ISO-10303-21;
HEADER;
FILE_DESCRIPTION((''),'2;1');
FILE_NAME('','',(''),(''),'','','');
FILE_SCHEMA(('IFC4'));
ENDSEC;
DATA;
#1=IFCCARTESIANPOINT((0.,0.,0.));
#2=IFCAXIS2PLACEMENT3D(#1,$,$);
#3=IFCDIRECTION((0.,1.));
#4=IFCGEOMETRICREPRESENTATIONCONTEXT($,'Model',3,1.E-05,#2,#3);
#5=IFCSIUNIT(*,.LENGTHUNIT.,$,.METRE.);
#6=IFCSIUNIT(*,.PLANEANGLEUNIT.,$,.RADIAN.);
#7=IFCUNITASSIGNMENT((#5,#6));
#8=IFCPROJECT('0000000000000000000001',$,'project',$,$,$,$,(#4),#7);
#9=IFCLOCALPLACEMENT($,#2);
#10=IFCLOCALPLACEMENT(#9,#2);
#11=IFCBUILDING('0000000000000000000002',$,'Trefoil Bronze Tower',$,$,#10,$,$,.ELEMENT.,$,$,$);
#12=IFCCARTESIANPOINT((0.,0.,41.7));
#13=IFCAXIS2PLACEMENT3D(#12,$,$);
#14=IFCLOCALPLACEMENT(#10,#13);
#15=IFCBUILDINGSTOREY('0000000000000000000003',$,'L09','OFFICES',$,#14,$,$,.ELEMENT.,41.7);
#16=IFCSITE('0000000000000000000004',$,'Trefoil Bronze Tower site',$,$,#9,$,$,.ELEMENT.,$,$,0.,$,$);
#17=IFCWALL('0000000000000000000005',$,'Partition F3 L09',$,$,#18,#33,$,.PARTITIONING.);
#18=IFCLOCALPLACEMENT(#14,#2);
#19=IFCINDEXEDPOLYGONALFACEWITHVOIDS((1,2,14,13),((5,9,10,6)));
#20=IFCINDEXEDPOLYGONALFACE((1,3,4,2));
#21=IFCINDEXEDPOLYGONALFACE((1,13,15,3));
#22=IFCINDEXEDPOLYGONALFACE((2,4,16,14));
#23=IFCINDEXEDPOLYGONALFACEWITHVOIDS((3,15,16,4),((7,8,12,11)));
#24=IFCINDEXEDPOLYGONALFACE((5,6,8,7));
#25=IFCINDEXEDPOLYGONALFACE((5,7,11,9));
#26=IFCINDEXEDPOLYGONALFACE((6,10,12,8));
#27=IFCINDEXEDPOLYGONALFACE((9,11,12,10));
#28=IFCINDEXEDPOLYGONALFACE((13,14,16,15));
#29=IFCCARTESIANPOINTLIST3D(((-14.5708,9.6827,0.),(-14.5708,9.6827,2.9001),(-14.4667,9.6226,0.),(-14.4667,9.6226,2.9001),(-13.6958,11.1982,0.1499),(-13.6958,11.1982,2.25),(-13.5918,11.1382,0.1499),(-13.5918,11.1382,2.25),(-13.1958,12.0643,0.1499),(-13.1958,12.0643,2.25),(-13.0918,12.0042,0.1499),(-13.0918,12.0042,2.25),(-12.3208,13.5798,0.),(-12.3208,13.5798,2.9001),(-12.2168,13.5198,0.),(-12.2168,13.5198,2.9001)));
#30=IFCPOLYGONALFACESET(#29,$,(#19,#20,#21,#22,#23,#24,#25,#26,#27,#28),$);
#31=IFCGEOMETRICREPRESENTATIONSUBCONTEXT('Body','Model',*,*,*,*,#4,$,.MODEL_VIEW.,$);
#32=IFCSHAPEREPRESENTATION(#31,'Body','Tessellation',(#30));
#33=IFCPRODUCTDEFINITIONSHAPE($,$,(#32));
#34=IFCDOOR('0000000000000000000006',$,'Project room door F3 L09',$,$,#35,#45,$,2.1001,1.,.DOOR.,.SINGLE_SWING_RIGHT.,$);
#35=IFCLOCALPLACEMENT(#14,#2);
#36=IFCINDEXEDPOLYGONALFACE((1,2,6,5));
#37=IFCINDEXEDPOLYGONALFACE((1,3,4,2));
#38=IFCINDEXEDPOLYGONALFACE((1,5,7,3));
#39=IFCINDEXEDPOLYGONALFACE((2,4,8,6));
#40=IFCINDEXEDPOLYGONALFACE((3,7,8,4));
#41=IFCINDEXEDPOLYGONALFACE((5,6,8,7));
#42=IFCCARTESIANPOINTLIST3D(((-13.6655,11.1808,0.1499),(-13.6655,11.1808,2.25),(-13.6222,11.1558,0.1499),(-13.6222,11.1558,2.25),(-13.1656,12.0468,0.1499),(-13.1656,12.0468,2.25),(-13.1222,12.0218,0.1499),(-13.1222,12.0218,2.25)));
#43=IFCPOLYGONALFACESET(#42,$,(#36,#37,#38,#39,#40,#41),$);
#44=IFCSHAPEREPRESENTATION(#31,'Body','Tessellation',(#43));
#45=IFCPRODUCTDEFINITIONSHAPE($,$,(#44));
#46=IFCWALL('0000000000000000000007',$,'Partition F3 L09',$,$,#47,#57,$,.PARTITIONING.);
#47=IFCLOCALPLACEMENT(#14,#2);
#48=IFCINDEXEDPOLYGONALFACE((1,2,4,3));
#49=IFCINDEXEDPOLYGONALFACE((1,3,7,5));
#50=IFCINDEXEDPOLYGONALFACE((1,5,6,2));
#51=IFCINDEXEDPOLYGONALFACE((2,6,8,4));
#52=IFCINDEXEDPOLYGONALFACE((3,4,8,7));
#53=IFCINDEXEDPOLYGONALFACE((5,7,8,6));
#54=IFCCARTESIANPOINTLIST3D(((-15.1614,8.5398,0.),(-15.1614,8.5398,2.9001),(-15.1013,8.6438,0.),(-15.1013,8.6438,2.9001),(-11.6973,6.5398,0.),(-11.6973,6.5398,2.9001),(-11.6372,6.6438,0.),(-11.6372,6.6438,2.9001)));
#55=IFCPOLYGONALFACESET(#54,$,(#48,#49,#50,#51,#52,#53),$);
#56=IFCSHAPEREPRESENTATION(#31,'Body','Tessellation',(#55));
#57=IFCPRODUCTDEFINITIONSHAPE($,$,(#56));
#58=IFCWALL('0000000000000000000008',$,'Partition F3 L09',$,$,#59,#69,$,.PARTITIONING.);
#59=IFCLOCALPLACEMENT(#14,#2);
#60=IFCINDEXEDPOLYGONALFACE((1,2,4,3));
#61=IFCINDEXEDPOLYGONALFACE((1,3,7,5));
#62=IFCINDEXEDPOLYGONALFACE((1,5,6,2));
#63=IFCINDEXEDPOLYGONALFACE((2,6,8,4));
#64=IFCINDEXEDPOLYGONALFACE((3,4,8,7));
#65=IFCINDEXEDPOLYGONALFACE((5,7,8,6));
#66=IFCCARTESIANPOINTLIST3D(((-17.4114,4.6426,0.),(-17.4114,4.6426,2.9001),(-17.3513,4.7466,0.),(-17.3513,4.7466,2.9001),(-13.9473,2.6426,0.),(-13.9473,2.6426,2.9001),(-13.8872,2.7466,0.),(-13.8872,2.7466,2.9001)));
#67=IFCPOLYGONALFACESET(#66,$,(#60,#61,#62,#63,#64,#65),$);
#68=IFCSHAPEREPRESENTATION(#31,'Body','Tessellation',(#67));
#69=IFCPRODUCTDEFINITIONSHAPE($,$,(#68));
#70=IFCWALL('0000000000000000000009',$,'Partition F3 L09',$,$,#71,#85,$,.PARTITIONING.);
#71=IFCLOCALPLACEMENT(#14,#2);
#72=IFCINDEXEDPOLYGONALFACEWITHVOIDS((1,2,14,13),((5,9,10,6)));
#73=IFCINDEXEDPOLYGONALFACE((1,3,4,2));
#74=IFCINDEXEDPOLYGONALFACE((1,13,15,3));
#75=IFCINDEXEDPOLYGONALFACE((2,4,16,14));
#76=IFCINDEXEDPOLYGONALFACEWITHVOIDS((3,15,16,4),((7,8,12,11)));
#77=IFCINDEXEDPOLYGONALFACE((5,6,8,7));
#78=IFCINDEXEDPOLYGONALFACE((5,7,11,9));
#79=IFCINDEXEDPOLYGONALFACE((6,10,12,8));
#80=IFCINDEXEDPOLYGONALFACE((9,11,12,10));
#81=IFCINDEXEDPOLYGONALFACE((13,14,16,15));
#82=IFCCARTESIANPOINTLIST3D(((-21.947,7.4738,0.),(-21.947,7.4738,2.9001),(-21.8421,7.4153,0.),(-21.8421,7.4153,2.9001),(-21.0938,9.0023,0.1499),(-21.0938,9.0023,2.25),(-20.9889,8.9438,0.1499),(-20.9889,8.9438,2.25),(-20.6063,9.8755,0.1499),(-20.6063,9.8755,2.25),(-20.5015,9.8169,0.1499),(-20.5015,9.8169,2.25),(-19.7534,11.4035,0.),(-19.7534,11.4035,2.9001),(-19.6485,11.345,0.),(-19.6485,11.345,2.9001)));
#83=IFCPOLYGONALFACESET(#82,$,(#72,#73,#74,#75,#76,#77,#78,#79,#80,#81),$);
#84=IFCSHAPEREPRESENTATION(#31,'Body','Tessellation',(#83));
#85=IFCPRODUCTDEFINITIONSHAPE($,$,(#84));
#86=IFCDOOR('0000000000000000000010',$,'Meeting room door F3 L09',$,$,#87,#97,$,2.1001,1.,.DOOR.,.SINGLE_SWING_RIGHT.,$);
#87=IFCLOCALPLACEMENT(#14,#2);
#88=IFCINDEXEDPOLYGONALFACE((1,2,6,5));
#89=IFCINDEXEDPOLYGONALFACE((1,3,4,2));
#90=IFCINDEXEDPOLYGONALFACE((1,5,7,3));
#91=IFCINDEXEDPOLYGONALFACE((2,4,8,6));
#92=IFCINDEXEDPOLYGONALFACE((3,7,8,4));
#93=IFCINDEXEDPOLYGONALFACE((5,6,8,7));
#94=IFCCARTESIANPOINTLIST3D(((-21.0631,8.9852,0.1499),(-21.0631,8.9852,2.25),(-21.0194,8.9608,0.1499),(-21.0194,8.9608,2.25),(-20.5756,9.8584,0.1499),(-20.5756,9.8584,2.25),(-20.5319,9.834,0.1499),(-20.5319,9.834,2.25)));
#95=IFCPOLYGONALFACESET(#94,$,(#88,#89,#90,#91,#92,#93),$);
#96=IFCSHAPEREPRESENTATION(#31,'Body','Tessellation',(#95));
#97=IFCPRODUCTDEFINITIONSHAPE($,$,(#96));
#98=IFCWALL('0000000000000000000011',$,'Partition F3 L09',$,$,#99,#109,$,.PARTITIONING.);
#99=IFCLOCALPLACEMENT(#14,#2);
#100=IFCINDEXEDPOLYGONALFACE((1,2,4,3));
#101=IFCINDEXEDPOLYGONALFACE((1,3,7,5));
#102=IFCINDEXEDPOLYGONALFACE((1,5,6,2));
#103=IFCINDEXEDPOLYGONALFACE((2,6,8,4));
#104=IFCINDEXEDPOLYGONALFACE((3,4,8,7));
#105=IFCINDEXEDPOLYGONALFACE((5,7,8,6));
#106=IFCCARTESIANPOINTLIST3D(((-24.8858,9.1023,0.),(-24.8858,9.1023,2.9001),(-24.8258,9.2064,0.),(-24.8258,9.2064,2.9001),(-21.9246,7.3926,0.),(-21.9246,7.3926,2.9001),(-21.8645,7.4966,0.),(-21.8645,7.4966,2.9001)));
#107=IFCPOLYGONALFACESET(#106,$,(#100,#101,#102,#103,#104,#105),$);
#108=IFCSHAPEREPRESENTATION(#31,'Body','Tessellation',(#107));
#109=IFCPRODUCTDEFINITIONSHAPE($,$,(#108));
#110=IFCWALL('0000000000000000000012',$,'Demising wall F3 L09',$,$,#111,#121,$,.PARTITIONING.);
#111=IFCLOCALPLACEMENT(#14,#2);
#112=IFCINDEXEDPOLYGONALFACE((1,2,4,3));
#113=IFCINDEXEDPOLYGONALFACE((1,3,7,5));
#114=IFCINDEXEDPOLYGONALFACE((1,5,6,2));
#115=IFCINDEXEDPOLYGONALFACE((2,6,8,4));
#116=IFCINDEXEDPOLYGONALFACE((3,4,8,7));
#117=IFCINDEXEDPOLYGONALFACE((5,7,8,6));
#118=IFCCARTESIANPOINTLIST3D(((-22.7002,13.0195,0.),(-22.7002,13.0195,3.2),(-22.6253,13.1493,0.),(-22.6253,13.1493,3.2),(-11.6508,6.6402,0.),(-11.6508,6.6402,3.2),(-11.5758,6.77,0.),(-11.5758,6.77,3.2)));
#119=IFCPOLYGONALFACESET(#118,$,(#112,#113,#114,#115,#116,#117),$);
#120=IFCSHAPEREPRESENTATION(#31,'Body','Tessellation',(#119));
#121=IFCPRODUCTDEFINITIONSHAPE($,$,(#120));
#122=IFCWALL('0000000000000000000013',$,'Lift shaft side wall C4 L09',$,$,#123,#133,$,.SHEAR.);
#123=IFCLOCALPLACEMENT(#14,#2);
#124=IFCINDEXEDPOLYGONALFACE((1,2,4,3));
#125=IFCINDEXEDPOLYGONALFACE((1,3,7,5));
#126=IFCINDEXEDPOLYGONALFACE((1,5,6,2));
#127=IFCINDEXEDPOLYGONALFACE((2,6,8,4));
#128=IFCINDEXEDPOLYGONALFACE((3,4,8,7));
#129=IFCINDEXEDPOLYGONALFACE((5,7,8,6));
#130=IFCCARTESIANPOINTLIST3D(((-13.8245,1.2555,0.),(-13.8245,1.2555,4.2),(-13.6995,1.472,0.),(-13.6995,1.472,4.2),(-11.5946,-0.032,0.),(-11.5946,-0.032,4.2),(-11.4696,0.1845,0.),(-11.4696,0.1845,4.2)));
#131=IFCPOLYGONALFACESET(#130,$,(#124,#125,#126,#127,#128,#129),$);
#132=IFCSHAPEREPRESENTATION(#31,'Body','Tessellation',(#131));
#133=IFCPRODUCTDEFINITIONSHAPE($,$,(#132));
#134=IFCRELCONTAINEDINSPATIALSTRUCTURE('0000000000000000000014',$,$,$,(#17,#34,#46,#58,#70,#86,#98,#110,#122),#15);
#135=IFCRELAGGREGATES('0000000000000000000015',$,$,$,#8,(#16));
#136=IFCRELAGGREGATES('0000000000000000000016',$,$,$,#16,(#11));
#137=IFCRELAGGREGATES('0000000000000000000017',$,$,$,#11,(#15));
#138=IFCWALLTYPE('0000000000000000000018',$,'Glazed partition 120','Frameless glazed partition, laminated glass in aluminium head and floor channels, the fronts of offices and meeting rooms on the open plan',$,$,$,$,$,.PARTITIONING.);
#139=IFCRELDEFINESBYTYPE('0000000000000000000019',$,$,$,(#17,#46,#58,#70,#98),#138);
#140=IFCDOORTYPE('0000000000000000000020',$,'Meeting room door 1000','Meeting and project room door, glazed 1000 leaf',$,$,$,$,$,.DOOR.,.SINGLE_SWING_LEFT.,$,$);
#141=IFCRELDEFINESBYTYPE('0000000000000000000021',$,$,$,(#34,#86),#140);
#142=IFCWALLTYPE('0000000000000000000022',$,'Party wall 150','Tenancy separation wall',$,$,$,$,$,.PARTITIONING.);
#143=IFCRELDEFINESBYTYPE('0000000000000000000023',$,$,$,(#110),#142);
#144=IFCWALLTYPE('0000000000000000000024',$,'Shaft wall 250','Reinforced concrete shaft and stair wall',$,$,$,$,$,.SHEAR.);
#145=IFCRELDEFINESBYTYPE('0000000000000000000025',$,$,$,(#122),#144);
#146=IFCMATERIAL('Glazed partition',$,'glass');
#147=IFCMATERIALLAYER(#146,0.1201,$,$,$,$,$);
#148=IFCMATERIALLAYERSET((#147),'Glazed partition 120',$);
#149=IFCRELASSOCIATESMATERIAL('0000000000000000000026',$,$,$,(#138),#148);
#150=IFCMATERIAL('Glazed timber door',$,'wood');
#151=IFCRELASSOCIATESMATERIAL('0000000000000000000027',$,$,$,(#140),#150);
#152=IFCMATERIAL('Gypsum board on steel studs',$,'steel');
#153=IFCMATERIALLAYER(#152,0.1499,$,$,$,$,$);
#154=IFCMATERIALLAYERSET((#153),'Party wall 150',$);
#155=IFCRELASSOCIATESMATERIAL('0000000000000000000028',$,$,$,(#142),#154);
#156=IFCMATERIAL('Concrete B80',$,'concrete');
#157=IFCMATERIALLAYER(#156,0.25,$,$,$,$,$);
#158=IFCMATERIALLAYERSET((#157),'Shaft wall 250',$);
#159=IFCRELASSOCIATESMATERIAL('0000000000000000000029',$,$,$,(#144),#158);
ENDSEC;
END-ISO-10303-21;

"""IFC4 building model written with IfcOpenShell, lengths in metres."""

from ifc_helpers import new_model, si_unit, direction, frame, frame_2d, origin, place, context, subcontext, project, spatial, rectangle, extrude, material, layer, layer_set, type_object, element, fill, save


model = new_model("IFC4")

# Units and contexts
model_context = context("Model", 3, precision=1e-05, world=origin(), true_north=direction((0.0, 1.0)))
body_context = subcontext(model_context, "Body", "Model", "MODEL_VIEW")
ifc_project = project(units=[si_unit("LENGTHUNIT", "METRE"), si_unit("PLANEANGLEUNIT", "RADIAN")], contexts=[model_context])

# Site, building, storey
site_placement = place(None, origin())
site = spatial("IfcSite", under=ifc_project, at=site_placement, Name="Trefoil Bronze Tower site", CompositionType="ELEMENT", RefElevation=0.0)
building_placement = place(site_placement, origin())
building = spatial("IfcBuilding", under=site, at=building_placement, Name="Trefoil Bronze Tower", CompositionType="ELEMENT")
storey_placement = place(building_placement, frame((0.0, 0.0, 41.7)))
storey = spatial("IfcBuildingStorey", under=building, at=storey_placement, Name="L09", Description="OFFICES", CompositionType="ELEMENT", Elevation=41.7)

# Wall, opening, door
ifc_material_1 = material(Name="Glazed partition", Category="glass")
ifc_layer_1 = layer(ifc_material_1, 0.1201)
ifc_layer_set_1 = layer_set([ifc_layer_1], Name="Glazed partition 120")
wall_type_1 = type_object("IfcWallType", Name="Glazed partition 120", Description="Frameless glazed partition, laminated glass in aluminium head and floor channels, the fronts of offices and meeting rooms on the open plan", PredefinedType="PARTITIONING", material=ifc_layer_set_1)
ifc_material_2 = material(Name="Glazed timber door", Category="wood")
door_type_1 = type_object("IfcDoorType", Name="Meeting room door 1000", Description="Meeting and project room door, glazed 1000 leaf", OperationType="SINGLE_SWING_LEFT", PredefinedType="DOOR", material=ifc_material_2)
wall_1_placement = place(storey_placement, frame((-12.2688, 13.5498, 0.0), z_axis=(0.0, 0.0, 1.0), x_axis=(-0.49999, -0.866031, 0.0)))
wall_1 = element("IfcWall", 1, at=wall_1_placement, inside=storey, type_object=wall_type_1, Name="Partition F3 L09", PredefinedType="PARTITIONING", context=body_context, shape_type="SweptSolid", body=[
    extrude(rectangle(XDim=4.5, YDim=0.1201, at=frame_2d((2.25, 0.0))), origin(), (0.0, 0.0, 1.0), 2.9001),
])
opening_1_placement = place(wall_1_placement, frame((1.75, 0.0, 0.1499)))
opening_1 = element("IfcOpeningElement", 2, at=opening_1_placement, cuts=wall_1, PredefinedType="OPENING", context=body_context, shape_type="SweptSolid", body=[
    extrude(rectangle(XDim=1.0, YDim=2.1001, at=frame_2d((0.5, 1.05))), frame((0.0, 0.0701, 0.0), z_axis=(0.0, -1.0, 0.0), x_axis=(1.0, 0.0, 0.0)), (0.0, 0.0, 1.0), 0.1401),
])
door_1_placement = place(opening_1_placement, origin())
door_1 = element("IfcDoor", 3, at=door_1_placement, inside=storey, type_object=door_type_1, Name="Project room door F3 L09", OperationType="SINGLE_SWING_RIGHT", OverallHeight=2.1001, OverallWidth=1.0, PredefinedType="DOOR", context=body_context, shape_type="SweptSolid", body=[
    extrude(rectangle(XDim=1.0, YDim=2.1001, at=frame_2d((0.5, 1.05))), frame((0.0, 0.0249, 0.0), z_axis=(0.0, -1.0, 0.0), x_axis=(1.0, 0.0, 0.0)), (0.0, 0.0, 1.0), 0.05),
])
fill(opening_1, door_1)

# Walls
for number, where, z_axis, x_axis, name in (
    (4, (-11.6672, 6.5918, 0.0), (0.0, 0.0, 1.0), (-0.866026, 0.499999, 0.0), "Partition F3 L09"),
    (5, (-13.9172, 2.6946, 0.0), (0.0, 0.0, 1.0), (-0.866026, 0.499999, 0.0), "Partition F3 L09"),
):
    element("IfcWall", number, at=place(storey_placement, frame(where, z_axis=z_axis, x_axis=x_axis)), inside=storey, type_object=wall_type_1, Name=name, PredefinedType="PARTITIONING", context=body_context, shape_type="SweptSolid", body=[
        extrude(rectangle(XDim=4.0, YDim=0.1201, at=frame_2d((2.0, 0.0))), origin(), (0.0, 0.0, 1.0), 2.9001),
    ])

# Wall, opening, door
wall_2_placement = place(storey_placement, frame((-19.7009, 11.3743, 0.0), z_axis=(0.0, 0.0, 1.0), x_axis=(-0.487415, -0.87317, 0.0)))
wall_2 = element("IfcWall", 6, at=wall_2_placement, inside=storey, type_object=wall_type_1, Name="Partition F3 L09", PredefinedType="PARTITIONING", context=body_context, shape_type="SweptSolid", body=[
    extrude(rectangle(XDim=4.5005, YDim=0.1201, at=frame_2d((2.2502, 0.0))), origin(), (0.0, 0.0, 1.0), 2.9001),
])
opening_2_placement = place(wall_2_placement, frame((1.75, 0.0, 0.1499)))
opening_2 = element("IfcOpeningElement", 7, at=opening_2_placement, cuts=wall_2, PredefinedType="OPENING", context=body_context, shape_type="SweptSolid", body=[
    extrude(rectangle(XDim=1.0, YDim=2.1001, at=frame_2d((0.5, 1.05))), frame((0.0, 0.0701, 0.0), z_axis=(0.0, -1.0, 0.0), x_axis=(1.0, 0.0, 0.0)), (0.0, 0.0, 1.0), 0.1401),
])
door_2_placement = place(opening_2_placement, frame((1.0, 0.0, 0.0), z_axis=(0.0, 0.0, 1.0), x_axis=(-1.0, 0.0, 0.0)))
door_2 = element("IfcDoor", 8, at=door_2_placement, inside=storey, type_object=door_type_1, Name="Meeting room door F3 L09", OperationType="SINGLE_SWING_RIGHT", OverallHeight=2.1001, OverallWidth=1.0, PredefinedType="DOOR", context=body_context, shape_type="SweptSolid", body=[
    extrude(rectangle(XDim=1.0, YDim=2.1001, at=frame_2d((0.5, 1.05))), frame((0.0, 0.0249, 0.0), z_axis=(0.0, -1.0, 0.0), x_axis=(1.0, 0.0, 0.0)), (0.0, 0.0, 1.0), 0.05),
])
fill(opening_2, door_2)

# Walls
wall_3_placement = place(storey_placement, frame((-21.8945, 7.4446, 0.0), z_axis=(0.0, 0.0, 1.0), x_axis=(-0.866016, 0.500017, 0.0)))
element("IfcWall", 9, at=wall_3_placement, inside=storey, type_object=wall_type_1, Name="Partition F3 L09", PredefinedType="PARTITIONING", context=body_context, shape_type="SweptSolid", body=[
    extrude(rectangle(XDim=3.4194, YDim=0.1201, at=frame_2d((1.7097, 0.0))), origin(), (0.0, 0.0, 1.0), 2.9001),
])
ifc_material_3 = material(Name="Gypsum board on steel studs", Category="steel")
ifc_layer_2 = layer(ifc_material_3, 0.1499)
ifc_layer_set_2 = layer_set([ifc_layer_2], Name="Party wall 150")
wall_type_2 = type_object("IfcWallType", Name="Party wall 150", Description="Tenancy separation wall", PredefinedType="PARTITIONING", material=ifc_layer_set_2)
wall_4_placement = place(storey_placement, frame((-11.6133, 6.7051, 0.0), z_axis=(0.0, 0.0, 1.0), x_axis=(-0.866028, 0.499996, 0.0)))
element("IfcWall", 10, at=wall_4_placement, inside=storey, type_object=wall_type_2, Name="Demising wall F3 L09", PredefinedType="PARTITIONING", context=body_context, shape_type="SweptSolid", body=[
    extrude(rectangle(XDim=12.7588, YDim=0.1499, at=frame_2d((6.3794, 0.0))), origin(), (0.0, 0.0, 1.0), 3.2),
])
ifc_material_4 = material(Name="Concrete B80", Category="concrete")
ifc_layer_3 = layer(ifc_material_4, 0.25)
ifc_layer_set_3 = layer_set([ifc_layer_3], Name="Shaft wall 250")
wall_type_3 = type_object("IfcWallType", Name="Shaft wall 250", Description="Reinforced concrete shaft and stair wall", PredefinedType="SHEAR", material=ifc_layer_set_3)
wall_5_placement = place(storey_placement, frame((-11.532, 0.0762, 0.0), z_axis=(0.0, 0.0, 1.0), x_axis=(-0.866006, 0.500034, 0.0)))
element("IfcWall", 11, at=wall_5_placement, inside=storey, type_object=wall_type_3, Name="Lift shaft side wall C4 L09", PredefinedType="SHEAR", context=body_context, shape_type="SweptSolid", body=[
    extrude(rectangle(XDim=2.575, YDim=0.25, at=frame_2d((1.2876, 0.0))), origin(), (0.0, 0.0, 1.0), 4.2),
])

save(model, "model.ifc")
